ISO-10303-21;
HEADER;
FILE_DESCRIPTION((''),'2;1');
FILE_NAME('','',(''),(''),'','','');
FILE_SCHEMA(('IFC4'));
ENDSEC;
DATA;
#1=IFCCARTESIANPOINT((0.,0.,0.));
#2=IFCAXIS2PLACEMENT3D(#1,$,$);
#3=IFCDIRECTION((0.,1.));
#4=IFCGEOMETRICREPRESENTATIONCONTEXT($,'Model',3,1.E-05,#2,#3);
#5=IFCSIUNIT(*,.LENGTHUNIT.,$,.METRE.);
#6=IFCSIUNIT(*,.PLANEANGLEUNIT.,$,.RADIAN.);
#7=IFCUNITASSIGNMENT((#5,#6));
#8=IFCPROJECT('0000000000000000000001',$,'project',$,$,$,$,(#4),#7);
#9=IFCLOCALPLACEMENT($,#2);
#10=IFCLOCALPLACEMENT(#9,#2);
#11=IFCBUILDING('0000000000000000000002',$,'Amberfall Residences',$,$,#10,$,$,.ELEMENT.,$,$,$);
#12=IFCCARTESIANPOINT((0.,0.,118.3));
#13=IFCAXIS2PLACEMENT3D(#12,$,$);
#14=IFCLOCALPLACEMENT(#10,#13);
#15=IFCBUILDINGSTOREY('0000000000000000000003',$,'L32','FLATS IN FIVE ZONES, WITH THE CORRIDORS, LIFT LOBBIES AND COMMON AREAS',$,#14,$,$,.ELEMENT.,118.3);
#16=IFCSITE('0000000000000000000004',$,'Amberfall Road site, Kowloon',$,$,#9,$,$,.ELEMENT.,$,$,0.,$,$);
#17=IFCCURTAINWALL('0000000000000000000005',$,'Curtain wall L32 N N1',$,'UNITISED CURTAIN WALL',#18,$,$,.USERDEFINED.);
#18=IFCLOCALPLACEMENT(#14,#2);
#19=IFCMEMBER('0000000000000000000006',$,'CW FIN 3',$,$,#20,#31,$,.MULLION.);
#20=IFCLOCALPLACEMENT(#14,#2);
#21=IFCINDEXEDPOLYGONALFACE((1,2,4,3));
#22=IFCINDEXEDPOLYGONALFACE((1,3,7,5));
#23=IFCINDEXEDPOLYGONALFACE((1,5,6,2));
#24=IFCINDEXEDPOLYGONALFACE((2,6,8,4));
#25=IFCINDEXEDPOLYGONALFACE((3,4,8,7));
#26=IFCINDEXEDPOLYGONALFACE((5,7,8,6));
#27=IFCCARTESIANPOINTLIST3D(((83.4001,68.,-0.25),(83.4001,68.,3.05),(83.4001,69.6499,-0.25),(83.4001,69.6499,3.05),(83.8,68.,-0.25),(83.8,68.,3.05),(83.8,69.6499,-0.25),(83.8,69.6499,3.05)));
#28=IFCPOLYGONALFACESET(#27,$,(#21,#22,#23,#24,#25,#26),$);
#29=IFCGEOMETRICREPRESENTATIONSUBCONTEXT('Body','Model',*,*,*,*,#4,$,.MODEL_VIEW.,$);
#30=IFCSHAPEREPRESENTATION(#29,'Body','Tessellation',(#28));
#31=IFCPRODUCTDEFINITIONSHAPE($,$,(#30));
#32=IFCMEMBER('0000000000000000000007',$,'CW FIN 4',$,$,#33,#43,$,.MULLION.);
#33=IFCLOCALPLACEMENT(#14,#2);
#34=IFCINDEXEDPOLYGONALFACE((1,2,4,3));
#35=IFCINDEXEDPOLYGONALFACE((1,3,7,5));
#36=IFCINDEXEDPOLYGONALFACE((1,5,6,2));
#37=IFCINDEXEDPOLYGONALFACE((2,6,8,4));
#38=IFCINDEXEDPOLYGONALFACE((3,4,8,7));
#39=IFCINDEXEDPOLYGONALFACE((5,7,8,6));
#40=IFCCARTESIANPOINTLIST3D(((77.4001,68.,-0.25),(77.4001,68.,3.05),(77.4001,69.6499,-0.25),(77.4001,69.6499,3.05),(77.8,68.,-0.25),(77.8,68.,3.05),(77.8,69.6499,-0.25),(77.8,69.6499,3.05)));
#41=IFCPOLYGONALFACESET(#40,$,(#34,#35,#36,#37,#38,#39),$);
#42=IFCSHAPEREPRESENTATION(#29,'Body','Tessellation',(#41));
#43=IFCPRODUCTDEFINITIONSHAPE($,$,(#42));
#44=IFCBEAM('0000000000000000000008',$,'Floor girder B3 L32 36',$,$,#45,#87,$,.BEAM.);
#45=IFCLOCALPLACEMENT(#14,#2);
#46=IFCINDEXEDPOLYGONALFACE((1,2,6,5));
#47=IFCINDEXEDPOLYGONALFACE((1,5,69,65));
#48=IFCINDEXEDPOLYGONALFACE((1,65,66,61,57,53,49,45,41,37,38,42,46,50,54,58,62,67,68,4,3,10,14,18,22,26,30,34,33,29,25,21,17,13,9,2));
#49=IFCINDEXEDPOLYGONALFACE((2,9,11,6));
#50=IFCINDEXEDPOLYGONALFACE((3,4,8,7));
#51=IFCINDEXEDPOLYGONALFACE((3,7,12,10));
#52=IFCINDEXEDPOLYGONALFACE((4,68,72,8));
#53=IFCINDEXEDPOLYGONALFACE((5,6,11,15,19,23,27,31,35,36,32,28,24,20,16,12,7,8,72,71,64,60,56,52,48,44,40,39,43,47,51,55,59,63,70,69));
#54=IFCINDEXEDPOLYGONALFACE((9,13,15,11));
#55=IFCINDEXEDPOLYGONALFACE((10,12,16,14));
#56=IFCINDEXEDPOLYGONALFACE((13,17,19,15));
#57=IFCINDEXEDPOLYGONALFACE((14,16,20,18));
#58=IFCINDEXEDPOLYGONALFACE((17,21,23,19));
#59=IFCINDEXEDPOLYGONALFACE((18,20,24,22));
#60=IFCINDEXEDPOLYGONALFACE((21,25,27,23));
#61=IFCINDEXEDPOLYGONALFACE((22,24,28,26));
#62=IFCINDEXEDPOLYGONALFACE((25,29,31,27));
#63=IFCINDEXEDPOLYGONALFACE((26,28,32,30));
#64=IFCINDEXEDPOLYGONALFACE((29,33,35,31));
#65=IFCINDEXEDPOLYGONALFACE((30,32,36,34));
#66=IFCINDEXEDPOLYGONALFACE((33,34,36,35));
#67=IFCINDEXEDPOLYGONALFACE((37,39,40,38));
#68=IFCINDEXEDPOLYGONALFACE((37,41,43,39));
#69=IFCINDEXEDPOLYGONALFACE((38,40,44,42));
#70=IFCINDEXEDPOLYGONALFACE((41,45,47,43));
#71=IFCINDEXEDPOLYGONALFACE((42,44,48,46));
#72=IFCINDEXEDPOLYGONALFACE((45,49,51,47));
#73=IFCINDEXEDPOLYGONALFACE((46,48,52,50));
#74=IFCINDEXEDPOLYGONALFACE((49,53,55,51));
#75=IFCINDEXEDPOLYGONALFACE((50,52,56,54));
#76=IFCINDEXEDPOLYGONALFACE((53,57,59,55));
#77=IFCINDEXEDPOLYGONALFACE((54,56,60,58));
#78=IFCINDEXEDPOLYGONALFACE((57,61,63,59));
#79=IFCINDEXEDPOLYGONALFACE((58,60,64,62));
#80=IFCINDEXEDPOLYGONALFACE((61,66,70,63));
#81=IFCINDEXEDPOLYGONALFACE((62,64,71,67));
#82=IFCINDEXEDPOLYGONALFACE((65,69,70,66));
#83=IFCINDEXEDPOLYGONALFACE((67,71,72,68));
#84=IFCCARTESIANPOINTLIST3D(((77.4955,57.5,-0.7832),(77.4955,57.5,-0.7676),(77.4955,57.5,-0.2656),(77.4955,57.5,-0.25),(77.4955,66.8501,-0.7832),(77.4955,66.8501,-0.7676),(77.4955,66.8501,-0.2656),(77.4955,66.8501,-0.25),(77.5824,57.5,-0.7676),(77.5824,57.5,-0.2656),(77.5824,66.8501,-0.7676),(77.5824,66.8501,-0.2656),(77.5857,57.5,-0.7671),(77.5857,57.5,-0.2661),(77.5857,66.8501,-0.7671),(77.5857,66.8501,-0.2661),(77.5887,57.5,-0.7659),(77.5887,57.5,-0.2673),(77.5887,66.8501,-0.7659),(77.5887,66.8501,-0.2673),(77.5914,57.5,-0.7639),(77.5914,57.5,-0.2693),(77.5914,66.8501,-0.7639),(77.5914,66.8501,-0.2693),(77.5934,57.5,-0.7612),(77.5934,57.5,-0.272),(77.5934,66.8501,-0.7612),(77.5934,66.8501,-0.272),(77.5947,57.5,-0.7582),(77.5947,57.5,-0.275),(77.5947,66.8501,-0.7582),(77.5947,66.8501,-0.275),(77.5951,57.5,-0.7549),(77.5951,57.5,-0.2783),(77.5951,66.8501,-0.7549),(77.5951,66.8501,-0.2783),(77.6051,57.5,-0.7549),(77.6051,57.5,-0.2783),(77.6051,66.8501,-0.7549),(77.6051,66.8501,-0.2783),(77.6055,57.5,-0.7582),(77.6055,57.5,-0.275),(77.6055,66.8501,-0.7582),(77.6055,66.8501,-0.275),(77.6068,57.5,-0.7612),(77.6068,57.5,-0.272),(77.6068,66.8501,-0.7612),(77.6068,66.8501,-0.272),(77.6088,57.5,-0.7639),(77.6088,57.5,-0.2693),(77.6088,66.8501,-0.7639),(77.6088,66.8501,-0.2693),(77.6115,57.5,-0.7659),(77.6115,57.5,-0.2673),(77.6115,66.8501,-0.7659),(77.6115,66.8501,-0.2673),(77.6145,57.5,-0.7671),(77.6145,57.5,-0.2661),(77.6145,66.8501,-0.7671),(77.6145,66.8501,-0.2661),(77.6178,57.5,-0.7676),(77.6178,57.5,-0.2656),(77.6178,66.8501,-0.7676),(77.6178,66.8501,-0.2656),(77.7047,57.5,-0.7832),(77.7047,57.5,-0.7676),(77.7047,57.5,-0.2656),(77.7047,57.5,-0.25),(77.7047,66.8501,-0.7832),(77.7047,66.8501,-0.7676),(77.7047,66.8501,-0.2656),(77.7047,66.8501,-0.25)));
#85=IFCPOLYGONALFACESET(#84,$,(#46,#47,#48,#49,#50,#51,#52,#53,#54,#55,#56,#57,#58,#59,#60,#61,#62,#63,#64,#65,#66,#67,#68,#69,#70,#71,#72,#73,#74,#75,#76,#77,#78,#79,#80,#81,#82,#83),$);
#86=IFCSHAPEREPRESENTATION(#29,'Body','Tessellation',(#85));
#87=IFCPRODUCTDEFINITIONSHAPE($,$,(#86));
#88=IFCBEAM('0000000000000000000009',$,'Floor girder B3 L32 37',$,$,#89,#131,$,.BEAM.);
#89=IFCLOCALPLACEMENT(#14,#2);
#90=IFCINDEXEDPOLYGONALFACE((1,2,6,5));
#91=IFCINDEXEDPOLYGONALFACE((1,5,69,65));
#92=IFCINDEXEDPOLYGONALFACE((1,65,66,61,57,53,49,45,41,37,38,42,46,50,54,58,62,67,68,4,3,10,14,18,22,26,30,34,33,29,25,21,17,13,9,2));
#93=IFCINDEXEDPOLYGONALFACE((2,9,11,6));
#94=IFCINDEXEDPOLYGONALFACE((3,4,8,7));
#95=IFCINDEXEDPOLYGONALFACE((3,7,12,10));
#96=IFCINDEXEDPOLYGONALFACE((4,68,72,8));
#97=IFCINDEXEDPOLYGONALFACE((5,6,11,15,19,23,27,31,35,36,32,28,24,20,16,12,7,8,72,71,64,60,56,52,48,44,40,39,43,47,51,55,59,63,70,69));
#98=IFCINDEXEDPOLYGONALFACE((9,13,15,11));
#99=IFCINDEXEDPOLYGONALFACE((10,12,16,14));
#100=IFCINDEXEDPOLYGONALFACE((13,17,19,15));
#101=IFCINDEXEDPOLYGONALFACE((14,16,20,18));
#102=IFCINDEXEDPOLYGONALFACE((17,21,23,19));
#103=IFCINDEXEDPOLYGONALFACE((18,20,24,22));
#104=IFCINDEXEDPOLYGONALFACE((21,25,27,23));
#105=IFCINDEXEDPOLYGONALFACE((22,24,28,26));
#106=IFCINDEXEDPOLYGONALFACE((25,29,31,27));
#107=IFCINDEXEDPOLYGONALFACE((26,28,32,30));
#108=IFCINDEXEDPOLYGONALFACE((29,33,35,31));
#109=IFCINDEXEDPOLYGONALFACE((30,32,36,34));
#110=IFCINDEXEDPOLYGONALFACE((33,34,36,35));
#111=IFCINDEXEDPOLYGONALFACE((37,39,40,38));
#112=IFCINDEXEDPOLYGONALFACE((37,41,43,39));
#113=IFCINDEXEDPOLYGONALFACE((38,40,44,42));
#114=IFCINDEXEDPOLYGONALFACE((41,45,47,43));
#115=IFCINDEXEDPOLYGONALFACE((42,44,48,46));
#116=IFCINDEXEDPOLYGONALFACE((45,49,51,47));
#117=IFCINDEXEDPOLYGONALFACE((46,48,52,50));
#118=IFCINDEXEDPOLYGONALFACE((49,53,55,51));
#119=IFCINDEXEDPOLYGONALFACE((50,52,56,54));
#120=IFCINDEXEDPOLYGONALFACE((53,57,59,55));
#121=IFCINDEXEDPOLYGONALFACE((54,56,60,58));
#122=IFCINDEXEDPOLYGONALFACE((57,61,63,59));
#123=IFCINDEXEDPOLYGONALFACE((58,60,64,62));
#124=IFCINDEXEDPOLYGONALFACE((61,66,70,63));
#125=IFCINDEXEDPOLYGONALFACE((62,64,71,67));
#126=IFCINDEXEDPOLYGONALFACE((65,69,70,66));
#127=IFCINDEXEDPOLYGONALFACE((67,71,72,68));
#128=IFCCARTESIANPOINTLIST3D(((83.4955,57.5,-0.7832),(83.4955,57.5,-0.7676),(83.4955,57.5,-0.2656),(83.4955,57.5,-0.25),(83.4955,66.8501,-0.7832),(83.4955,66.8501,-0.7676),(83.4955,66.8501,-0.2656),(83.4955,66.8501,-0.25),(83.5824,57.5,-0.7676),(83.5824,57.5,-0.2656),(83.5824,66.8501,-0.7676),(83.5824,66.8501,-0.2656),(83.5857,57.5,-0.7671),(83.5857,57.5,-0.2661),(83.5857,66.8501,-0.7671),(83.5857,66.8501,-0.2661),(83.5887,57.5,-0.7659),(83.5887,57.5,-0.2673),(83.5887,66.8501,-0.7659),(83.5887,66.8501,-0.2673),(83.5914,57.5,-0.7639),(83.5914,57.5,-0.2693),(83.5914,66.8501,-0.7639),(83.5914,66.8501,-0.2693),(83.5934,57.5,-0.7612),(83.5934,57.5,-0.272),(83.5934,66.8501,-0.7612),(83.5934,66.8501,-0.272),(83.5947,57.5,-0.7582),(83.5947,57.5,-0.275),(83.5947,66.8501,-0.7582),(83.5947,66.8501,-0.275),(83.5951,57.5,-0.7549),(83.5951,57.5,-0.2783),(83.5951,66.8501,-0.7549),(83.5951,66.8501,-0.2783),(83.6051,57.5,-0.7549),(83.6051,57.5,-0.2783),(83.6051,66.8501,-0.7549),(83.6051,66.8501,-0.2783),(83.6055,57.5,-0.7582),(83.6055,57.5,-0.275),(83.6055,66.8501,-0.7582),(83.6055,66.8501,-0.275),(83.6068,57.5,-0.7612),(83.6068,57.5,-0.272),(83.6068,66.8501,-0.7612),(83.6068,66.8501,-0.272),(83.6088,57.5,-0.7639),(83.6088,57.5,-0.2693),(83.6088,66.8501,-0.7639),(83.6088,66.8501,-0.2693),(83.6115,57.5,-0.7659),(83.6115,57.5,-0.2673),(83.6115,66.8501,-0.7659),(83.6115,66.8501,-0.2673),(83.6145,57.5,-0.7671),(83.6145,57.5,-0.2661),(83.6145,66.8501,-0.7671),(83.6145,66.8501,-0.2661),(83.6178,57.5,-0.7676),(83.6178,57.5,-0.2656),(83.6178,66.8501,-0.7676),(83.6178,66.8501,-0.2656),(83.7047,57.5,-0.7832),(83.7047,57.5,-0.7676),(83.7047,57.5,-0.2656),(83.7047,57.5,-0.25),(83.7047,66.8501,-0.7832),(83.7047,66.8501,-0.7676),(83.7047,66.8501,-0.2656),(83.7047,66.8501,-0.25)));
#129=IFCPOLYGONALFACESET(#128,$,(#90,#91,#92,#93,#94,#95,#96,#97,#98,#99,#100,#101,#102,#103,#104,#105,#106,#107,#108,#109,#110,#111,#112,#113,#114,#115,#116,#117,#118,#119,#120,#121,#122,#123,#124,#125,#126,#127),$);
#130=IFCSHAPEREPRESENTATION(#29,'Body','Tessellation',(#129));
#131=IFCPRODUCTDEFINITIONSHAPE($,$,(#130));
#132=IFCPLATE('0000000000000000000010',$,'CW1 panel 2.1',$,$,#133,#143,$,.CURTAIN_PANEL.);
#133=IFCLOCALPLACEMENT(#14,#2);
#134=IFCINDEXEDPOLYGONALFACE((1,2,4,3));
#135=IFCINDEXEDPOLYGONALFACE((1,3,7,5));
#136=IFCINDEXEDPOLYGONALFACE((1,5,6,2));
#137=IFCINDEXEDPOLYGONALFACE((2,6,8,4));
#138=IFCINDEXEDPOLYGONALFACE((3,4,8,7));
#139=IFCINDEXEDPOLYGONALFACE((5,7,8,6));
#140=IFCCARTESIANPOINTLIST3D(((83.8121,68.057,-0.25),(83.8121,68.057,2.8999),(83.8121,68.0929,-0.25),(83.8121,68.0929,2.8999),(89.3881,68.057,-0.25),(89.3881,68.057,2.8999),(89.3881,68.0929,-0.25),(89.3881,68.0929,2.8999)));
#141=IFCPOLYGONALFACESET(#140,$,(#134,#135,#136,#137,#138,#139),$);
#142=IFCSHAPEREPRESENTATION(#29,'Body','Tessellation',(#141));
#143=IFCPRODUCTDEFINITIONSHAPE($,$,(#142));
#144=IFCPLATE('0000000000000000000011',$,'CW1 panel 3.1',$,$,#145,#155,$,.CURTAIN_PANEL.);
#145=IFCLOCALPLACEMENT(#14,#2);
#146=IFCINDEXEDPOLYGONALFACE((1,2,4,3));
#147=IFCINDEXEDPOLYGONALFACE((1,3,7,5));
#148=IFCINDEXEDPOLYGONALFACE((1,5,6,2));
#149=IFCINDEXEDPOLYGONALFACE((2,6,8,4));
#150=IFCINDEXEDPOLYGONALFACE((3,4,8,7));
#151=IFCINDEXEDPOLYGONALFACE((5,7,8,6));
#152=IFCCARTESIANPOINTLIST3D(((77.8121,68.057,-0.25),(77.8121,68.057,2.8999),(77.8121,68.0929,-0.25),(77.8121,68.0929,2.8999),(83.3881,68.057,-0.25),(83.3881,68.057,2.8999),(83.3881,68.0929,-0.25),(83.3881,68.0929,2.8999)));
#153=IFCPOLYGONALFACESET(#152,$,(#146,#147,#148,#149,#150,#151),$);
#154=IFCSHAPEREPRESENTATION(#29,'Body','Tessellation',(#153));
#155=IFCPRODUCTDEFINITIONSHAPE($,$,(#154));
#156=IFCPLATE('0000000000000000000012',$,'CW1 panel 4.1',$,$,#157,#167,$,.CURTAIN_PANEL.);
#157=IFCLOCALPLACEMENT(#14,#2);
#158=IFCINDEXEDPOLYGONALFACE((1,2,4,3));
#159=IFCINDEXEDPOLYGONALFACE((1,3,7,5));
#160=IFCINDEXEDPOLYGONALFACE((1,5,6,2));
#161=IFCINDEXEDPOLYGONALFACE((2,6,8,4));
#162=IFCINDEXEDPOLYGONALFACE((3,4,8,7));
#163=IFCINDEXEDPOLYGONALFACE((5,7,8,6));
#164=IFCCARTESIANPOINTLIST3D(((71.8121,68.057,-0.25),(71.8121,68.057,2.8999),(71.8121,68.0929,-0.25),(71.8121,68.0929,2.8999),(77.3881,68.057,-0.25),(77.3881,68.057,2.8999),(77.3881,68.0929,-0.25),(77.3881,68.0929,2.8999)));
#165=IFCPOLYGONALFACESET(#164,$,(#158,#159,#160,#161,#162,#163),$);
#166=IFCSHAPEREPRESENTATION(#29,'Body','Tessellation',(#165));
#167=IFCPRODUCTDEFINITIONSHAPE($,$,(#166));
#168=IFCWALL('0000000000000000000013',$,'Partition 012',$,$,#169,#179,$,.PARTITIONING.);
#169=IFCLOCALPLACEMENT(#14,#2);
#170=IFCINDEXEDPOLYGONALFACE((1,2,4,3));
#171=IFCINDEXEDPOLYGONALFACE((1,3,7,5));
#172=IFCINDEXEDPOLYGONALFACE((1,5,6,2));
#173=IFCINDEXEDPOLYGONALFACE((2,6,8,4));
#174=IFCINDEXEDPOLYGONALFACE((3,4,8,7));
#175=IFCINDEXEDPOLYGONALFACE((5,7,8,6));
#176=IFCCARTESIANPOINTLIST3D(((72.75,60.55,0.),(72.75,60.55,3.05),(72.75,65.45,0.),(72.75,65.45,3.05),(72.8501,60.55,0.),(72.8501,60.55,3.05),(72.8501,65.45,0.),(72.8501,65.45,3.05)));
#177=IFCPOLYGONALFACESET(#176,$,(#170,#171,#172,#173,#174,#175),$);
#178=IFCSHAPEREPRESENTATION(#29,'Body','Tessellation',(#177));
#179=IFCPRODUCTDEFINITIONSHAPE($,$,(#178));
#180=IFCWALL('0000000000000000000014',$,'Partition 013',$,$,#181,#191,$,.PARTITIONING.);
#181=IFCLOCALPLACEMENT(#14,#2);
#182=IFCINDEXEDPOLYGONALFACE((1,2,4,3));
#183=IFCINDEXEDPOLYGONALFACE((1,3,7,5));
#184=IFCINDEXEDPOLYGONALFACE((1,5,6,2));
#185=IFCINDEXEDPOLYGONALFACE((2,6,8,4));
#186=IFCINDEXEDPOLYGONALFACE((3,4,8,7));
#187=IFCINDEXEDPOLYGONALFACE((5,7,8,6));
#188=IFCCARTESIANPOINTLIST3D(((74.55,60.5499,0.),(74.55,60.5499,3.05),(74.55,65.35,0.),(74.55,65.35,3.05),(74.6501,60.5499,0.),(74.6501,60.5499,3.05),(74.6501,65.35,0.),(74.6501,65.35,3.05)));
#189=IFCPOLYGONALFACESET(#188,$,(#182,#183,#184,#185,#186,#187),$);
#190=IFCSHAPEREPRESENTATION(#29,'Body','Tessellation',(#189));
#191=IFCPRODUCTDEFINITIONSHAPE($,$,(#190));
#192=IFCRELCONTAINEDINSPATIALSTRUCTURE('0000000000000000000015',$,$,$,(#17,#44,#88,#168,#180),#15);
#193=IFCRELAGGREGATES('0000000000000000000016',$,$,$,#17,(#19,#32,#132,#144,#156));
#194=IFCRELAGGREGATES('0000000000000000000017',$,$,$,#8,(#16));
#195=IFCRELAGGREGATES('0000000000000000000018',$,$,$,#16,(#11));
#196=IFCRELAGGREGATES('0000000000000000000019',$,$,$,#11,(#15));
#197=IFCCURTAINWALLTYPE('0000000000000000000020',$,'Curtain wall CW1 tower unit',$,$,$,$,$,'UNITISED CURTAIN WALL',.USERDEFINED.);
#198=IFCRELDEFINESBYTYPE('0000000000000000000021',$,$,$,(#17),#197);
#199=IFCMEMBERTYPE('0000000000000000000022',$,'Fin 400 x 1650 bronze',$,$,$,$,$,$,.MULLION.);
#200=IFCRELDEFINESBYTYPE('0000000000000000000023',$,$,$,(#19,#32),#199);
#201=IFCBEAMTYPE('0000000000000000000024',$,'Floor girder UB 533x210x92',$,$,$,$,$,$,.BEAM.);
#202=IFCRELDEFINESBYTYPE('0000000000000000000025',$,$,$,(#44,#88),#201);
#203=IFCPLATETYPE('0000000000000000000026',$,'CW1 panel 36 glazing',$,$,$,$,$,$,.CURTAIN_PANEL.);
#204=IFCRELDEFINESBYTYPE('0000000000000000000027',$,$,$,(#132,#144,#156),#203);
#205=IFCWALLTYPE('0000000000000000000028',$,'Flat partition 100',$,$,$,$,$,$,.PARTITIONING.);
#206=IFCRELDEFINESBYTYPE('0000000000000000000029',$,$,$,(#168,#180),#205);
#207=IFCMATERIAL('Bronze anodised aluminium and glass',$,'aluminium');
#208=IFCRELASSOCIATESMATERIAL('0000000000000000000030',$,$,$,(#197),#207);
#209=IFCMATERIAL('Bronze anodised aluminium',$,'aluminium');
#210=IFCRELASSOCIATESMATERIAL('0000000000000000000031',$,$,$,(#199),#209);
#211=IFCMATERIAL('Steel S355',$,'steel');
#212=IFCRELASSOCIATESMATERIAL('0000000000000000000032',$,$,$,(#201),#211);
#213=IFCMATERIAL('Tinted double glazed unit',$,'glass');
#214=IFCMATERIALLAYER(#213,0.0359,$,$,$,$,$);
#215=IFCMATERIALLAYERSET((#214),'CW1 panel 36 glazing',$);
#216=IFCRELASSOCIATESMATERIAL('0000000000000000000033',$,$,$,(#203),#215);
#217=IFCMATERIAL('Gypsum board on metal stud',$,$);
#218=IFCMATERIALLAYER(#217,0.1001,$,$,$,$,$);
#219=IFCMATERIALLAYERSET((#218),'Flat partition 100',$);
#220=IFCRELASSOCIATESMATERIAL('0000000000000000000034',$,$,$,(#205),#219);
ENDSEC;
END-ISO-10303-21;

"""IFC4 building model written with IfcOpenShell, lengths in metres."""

from ifc_helpers import new_model, si_unit, direction, frame, frame_2d, origin, origin_2d, place, context, subcontext, project, spatial, rectangle, i_section, extrude, material, layer, layer_set, material_profile, profile_set, type_object, element, aggregate, save


model = new_model("IFC4")

# Units and contexts
model_context = context("Model", 3, precision=1e-05, world=origin(), true_north=direction((0.0, 1.0)))
body_context = subcontext(model_context, "Body", "Model", "MODEL_VIEW")
ifc_project = project(units=[si_unit("LENGTHUNIT", "METRE"), si_unit("PLANEANGLEUNIT", "RADIAN")], contexts=[model_context])

# Site, building, storey
site_placement = place(None, origin())
site = spatial("IfcSite", under=ifc_project, at=site_placement, Name="Amberfall Road site, Kowloon", CompositionType="ELEMENT", RefElevation=0.0)
building_placement = place(site_placement, origin())
building = spatial("IfcBuilding", under=site, at=building_placement, Name="Amberfall Residences", CompositionType="ELEMENT")
storey_placement = place(building_placement, frame((0.0, 0.0, 118.3)))
storey = spatial("IfcBuildingStorey", under=building, at=storey_placement, Name="L32", Description="FLATS IN FIVE ZONES, WITH THE CORRIDORS, LIFT LOBBIES AND COMMON AREAS", CompositionType="ELEMENT", Elevation=118.3)

# Curtain wall
ifc_material_1 = material(Name="Bronze anodised aluminium and glass", Category="aluminium")
curtain_wall_type = type_object("IfcCurtainWallType", Name="Curtain wall CW1 tower unit", ElementType="UNITISED CURTAIN WALL", PredefinedType="USERDEFINED", material=ifc_material_1)
curtain_wall_placement = place(storey_placement, origin())
curtain_wall = element("IfcCurtainWall", 1, at=curtain_wall_placement, inside=storey, type_object=curtain_wall_type, Name="Curtain wall L32 N N1", ObjectType="UNITISED CURTAIN WALL", PredefinedType="USERDEFINED")
ifc_material_2 = material(Name="Bronze anodised aluminium", Category="aluminium")

# Shared definitions
ifc_material_3 = material(Name="Steel S355", Category="steel")

# Members
ifc_material_profile_1 = material_profile(ifc_material_2, rectangle(XDim=1.6499, YDim=0.3999, at=origin_2d()), Name="Fin 400 x 1650 bronze")
ifc_profile_set_1 = profile_set([ifc_material_profile_1], Name="Bronze anodised aluminium")
member_type_1 = type_object("IfcMemberType", Name="Fin 400 x 1650 bronze", PredefinedType="MULLION", material=ifc_profile_set_1)
member_1_placement = place(storey_placement, frame((83.6001, 68.825, -0.25), z_axis=(0.0, 0.0, 1.0), x_axis=(0.0, -1.0, 0.0)))
member_1 = element("IfcMember", 2, at=member_1_placement, type_object=member_type_1, Name="CW FIN 3", PredefinedType="MULLION", context=body_context, shape_type="SweptSolid", body=[
    extrude(rectangle(XDim=1.6499, YDim=0.3999, at=origin_2d()), origin(), (0.0, 0.0, 1.0), 3.3),
])
member_2_placement = place(storey_placement, frame((77.6001, 68.825, -0.25), z_axis=(0.0, 0.0, 1.0), x_axis=(0.0, -1.0, 0.0)))
member_2 = element("IfcMember", 3, at=member_2_placement, type_object=member_type_1, Name="CW FIN 4", PredefinedType="MULLION", context=body_context, shape_type="SweptSolid", body=[
    extrude(rectangle(XDim=1.6499, YDim=0.3999, at=origin_2d()), origin(), (0.0, 0.0, 1.0), 3.3),
])

# Beams
ifc_material_profile_2 = material_profile(ifc_material_3, i_section(OverallWidth=0.2092, OverallDepth=0.5332, WebThickness=0.01, FlangeThickness=0.0156, FilletRadius=0.0127, at=origin_2d()), Name="UB 533x210x92")
ifc_profile_set_2 = profile_set([ifc_material_profile_2], Name="Steel S355")
beam_type_1 = type_object("IfcBeamType", Name="Floor girder UB 533x210x92", PredefinedType="BEAM", material=ifc_profile_set_2)
for number, where, z_axis, x_axis, name in (
    (4, (77.6001, 66.8501, -0.5166), (0.0, -1.0, 0.0), (1.0, 0.0, 0.0), "Floor girder B3 L32 36"),
    (5, (83.6001, 66.8501, -0.5166), (0.0, -1.0, 0.0), (1.0, 0.0, 0.0), "Floor girder B3 L32 37"),
):
    element("IfcBeam", number, at=place(storey_placement, frame(where, z_axis=z_axis, x_axis=x_axis)), inside=storey, type_object=beam_type_1, Name=name, PredefinedType="BEAM", context=body_context, shape_type="SweptSolid", body=[
        extrude(i_section(OverallWidth=0.2092, OverallDepth=0.5332, WebThickness=0.01, FlangeThickness=0.0156, FilletRadius=0.0127, at=origin_2d()), origin(), (0.0, 0.0, 1.0), 9.3501),
    ])

# Plates
ifc_material_4 = material(Name="Tinted double glazed unit", Category="glass")
ifc_layer_1 = layer(ifc_material_4, 0.0359)
ifc_layer_set_1 = layer_set([ifc_layer_1], Name="CW1 panel 36 glazing")
plate_type = type_object("IfcPlateType", Name="CW1 panel 36 glazing", PredefinedType="CURTAIN_PANEL", material=ifc_layer_set_1)
plate_1_placement = place(storey_placement, frame((86.6001, 68.075, -0.25), z_axis=(0.0, 0.0, 1.0), x_axis=(-1.0, 0.0, 0.0)))
plate_1 = element("IfcPlate", 6, at=plate_1_placement, type_object=plate_type, Name="CW1 panel 2.1", PredefinedType="CURTAIN_PANEL", context=body_context, shape_type="SweptSolid", body=[
    extrude(rectangle(XDim=5.5759, YDim=0.0359, at=origin_2d()), origin(), (0.0, 0.0, 1.0), 3.1499),
])
plate_2_placement = place(storey_placement, frame((80.6001, 68.075, -0.25), z_axis=(0.0, 0.0, 1.0), x_axis=(-1.0, 0.0, 0.0)))
plate_2 = element("IfcPlate", 7, at=plate_2_placement, type_object=plate_type, Name="CW1 panel 3.1", PredefinedType="CURTAIN_PANEL", context=body_context, shape_type="SweptSolid", body=[
    extrude(rectangle(XDim=5.5759, YDim=0.0359, at=origin_2d()), origin(), (0.0, 0.0, 1.0), 3.1499),
])
plate_3_placement = place(storey_placement, frame((74.6001, 68.075, -0.25), z_axis=(0.0, 0.0, 1.0), x_axis=(-1.0, 0.0, 0.0)))
plate_3 = element("IfcPlate", 8, at=plate_3_placement, type_object=plate_type, Name="CW1 panel 4.1", PredefinedType="CURTAIN_PANEL", context=body_context, shape_type="SweptSolid", body=[
    extrude(rectangle(XDim=5.5759, YDim=0.0359, at=origin_2d()), origin(), (0.0, 0.0, 1.0), 3.1499),
])
aggregate(curtain_wall, [member_1, member_2, plate_1, plate_2, plate_3])

# Walls
ifc_material_5 = material(Name="Gypsum board on metal stud")
ifc_layer_2 = layer(ifc_material_5, 0.1001)
ifc_layer_set_2 = layer_set([ifc_layer_2], Name="Flat partition 100")
wall_type_1 = type_object("IfcWallType", Name="Flat partition 100", PredefinedType="PARTITIONING", material=ifc_layer_set_2)
wall_1_placement = place(storey_placement, frame((72.8, 60.55, 0.0), z_axis=(0.0, 0.0, 1.0), x_axis=(0.0, 1.0, 0.0)))
element("IfcWall", 9, at=wall_1_placement, inside=storey, type_object=wall_type_1, Name="Partition 012", PredefinedType="PARTITIONING", context=body_context, shape_type="SweptSolid", body=[
    extrude(rectangle(XDim=4.8999, YDim=0.1001, at=frame_2d((2.45, 0.0))), origin(), (0.0, 0.0, 1.0), 3.05),
])
wall_2_placement = place(storey_placement, frame((74.6001, 60.55, 0.0), z_axis=(0.0, 0.0, 1.0), x_axis=(0.0, 1.0, 0.0)))
element("IfcWall", 10, at=wall_2_placement, inside=storey, type_object=wall_type_1, Name="Partition 013", PredefinedType="PARTITIONING", context=body_context, shape_type="SweptSolid", body=[
    extrude(rectangle(XDim=4.8, YDim=0.1001, at=frame_2d((2.3999, 0.0))), origin(), (0.0, 0.0, 1.0), 3.05),
])

save(model, "model.ifc")
